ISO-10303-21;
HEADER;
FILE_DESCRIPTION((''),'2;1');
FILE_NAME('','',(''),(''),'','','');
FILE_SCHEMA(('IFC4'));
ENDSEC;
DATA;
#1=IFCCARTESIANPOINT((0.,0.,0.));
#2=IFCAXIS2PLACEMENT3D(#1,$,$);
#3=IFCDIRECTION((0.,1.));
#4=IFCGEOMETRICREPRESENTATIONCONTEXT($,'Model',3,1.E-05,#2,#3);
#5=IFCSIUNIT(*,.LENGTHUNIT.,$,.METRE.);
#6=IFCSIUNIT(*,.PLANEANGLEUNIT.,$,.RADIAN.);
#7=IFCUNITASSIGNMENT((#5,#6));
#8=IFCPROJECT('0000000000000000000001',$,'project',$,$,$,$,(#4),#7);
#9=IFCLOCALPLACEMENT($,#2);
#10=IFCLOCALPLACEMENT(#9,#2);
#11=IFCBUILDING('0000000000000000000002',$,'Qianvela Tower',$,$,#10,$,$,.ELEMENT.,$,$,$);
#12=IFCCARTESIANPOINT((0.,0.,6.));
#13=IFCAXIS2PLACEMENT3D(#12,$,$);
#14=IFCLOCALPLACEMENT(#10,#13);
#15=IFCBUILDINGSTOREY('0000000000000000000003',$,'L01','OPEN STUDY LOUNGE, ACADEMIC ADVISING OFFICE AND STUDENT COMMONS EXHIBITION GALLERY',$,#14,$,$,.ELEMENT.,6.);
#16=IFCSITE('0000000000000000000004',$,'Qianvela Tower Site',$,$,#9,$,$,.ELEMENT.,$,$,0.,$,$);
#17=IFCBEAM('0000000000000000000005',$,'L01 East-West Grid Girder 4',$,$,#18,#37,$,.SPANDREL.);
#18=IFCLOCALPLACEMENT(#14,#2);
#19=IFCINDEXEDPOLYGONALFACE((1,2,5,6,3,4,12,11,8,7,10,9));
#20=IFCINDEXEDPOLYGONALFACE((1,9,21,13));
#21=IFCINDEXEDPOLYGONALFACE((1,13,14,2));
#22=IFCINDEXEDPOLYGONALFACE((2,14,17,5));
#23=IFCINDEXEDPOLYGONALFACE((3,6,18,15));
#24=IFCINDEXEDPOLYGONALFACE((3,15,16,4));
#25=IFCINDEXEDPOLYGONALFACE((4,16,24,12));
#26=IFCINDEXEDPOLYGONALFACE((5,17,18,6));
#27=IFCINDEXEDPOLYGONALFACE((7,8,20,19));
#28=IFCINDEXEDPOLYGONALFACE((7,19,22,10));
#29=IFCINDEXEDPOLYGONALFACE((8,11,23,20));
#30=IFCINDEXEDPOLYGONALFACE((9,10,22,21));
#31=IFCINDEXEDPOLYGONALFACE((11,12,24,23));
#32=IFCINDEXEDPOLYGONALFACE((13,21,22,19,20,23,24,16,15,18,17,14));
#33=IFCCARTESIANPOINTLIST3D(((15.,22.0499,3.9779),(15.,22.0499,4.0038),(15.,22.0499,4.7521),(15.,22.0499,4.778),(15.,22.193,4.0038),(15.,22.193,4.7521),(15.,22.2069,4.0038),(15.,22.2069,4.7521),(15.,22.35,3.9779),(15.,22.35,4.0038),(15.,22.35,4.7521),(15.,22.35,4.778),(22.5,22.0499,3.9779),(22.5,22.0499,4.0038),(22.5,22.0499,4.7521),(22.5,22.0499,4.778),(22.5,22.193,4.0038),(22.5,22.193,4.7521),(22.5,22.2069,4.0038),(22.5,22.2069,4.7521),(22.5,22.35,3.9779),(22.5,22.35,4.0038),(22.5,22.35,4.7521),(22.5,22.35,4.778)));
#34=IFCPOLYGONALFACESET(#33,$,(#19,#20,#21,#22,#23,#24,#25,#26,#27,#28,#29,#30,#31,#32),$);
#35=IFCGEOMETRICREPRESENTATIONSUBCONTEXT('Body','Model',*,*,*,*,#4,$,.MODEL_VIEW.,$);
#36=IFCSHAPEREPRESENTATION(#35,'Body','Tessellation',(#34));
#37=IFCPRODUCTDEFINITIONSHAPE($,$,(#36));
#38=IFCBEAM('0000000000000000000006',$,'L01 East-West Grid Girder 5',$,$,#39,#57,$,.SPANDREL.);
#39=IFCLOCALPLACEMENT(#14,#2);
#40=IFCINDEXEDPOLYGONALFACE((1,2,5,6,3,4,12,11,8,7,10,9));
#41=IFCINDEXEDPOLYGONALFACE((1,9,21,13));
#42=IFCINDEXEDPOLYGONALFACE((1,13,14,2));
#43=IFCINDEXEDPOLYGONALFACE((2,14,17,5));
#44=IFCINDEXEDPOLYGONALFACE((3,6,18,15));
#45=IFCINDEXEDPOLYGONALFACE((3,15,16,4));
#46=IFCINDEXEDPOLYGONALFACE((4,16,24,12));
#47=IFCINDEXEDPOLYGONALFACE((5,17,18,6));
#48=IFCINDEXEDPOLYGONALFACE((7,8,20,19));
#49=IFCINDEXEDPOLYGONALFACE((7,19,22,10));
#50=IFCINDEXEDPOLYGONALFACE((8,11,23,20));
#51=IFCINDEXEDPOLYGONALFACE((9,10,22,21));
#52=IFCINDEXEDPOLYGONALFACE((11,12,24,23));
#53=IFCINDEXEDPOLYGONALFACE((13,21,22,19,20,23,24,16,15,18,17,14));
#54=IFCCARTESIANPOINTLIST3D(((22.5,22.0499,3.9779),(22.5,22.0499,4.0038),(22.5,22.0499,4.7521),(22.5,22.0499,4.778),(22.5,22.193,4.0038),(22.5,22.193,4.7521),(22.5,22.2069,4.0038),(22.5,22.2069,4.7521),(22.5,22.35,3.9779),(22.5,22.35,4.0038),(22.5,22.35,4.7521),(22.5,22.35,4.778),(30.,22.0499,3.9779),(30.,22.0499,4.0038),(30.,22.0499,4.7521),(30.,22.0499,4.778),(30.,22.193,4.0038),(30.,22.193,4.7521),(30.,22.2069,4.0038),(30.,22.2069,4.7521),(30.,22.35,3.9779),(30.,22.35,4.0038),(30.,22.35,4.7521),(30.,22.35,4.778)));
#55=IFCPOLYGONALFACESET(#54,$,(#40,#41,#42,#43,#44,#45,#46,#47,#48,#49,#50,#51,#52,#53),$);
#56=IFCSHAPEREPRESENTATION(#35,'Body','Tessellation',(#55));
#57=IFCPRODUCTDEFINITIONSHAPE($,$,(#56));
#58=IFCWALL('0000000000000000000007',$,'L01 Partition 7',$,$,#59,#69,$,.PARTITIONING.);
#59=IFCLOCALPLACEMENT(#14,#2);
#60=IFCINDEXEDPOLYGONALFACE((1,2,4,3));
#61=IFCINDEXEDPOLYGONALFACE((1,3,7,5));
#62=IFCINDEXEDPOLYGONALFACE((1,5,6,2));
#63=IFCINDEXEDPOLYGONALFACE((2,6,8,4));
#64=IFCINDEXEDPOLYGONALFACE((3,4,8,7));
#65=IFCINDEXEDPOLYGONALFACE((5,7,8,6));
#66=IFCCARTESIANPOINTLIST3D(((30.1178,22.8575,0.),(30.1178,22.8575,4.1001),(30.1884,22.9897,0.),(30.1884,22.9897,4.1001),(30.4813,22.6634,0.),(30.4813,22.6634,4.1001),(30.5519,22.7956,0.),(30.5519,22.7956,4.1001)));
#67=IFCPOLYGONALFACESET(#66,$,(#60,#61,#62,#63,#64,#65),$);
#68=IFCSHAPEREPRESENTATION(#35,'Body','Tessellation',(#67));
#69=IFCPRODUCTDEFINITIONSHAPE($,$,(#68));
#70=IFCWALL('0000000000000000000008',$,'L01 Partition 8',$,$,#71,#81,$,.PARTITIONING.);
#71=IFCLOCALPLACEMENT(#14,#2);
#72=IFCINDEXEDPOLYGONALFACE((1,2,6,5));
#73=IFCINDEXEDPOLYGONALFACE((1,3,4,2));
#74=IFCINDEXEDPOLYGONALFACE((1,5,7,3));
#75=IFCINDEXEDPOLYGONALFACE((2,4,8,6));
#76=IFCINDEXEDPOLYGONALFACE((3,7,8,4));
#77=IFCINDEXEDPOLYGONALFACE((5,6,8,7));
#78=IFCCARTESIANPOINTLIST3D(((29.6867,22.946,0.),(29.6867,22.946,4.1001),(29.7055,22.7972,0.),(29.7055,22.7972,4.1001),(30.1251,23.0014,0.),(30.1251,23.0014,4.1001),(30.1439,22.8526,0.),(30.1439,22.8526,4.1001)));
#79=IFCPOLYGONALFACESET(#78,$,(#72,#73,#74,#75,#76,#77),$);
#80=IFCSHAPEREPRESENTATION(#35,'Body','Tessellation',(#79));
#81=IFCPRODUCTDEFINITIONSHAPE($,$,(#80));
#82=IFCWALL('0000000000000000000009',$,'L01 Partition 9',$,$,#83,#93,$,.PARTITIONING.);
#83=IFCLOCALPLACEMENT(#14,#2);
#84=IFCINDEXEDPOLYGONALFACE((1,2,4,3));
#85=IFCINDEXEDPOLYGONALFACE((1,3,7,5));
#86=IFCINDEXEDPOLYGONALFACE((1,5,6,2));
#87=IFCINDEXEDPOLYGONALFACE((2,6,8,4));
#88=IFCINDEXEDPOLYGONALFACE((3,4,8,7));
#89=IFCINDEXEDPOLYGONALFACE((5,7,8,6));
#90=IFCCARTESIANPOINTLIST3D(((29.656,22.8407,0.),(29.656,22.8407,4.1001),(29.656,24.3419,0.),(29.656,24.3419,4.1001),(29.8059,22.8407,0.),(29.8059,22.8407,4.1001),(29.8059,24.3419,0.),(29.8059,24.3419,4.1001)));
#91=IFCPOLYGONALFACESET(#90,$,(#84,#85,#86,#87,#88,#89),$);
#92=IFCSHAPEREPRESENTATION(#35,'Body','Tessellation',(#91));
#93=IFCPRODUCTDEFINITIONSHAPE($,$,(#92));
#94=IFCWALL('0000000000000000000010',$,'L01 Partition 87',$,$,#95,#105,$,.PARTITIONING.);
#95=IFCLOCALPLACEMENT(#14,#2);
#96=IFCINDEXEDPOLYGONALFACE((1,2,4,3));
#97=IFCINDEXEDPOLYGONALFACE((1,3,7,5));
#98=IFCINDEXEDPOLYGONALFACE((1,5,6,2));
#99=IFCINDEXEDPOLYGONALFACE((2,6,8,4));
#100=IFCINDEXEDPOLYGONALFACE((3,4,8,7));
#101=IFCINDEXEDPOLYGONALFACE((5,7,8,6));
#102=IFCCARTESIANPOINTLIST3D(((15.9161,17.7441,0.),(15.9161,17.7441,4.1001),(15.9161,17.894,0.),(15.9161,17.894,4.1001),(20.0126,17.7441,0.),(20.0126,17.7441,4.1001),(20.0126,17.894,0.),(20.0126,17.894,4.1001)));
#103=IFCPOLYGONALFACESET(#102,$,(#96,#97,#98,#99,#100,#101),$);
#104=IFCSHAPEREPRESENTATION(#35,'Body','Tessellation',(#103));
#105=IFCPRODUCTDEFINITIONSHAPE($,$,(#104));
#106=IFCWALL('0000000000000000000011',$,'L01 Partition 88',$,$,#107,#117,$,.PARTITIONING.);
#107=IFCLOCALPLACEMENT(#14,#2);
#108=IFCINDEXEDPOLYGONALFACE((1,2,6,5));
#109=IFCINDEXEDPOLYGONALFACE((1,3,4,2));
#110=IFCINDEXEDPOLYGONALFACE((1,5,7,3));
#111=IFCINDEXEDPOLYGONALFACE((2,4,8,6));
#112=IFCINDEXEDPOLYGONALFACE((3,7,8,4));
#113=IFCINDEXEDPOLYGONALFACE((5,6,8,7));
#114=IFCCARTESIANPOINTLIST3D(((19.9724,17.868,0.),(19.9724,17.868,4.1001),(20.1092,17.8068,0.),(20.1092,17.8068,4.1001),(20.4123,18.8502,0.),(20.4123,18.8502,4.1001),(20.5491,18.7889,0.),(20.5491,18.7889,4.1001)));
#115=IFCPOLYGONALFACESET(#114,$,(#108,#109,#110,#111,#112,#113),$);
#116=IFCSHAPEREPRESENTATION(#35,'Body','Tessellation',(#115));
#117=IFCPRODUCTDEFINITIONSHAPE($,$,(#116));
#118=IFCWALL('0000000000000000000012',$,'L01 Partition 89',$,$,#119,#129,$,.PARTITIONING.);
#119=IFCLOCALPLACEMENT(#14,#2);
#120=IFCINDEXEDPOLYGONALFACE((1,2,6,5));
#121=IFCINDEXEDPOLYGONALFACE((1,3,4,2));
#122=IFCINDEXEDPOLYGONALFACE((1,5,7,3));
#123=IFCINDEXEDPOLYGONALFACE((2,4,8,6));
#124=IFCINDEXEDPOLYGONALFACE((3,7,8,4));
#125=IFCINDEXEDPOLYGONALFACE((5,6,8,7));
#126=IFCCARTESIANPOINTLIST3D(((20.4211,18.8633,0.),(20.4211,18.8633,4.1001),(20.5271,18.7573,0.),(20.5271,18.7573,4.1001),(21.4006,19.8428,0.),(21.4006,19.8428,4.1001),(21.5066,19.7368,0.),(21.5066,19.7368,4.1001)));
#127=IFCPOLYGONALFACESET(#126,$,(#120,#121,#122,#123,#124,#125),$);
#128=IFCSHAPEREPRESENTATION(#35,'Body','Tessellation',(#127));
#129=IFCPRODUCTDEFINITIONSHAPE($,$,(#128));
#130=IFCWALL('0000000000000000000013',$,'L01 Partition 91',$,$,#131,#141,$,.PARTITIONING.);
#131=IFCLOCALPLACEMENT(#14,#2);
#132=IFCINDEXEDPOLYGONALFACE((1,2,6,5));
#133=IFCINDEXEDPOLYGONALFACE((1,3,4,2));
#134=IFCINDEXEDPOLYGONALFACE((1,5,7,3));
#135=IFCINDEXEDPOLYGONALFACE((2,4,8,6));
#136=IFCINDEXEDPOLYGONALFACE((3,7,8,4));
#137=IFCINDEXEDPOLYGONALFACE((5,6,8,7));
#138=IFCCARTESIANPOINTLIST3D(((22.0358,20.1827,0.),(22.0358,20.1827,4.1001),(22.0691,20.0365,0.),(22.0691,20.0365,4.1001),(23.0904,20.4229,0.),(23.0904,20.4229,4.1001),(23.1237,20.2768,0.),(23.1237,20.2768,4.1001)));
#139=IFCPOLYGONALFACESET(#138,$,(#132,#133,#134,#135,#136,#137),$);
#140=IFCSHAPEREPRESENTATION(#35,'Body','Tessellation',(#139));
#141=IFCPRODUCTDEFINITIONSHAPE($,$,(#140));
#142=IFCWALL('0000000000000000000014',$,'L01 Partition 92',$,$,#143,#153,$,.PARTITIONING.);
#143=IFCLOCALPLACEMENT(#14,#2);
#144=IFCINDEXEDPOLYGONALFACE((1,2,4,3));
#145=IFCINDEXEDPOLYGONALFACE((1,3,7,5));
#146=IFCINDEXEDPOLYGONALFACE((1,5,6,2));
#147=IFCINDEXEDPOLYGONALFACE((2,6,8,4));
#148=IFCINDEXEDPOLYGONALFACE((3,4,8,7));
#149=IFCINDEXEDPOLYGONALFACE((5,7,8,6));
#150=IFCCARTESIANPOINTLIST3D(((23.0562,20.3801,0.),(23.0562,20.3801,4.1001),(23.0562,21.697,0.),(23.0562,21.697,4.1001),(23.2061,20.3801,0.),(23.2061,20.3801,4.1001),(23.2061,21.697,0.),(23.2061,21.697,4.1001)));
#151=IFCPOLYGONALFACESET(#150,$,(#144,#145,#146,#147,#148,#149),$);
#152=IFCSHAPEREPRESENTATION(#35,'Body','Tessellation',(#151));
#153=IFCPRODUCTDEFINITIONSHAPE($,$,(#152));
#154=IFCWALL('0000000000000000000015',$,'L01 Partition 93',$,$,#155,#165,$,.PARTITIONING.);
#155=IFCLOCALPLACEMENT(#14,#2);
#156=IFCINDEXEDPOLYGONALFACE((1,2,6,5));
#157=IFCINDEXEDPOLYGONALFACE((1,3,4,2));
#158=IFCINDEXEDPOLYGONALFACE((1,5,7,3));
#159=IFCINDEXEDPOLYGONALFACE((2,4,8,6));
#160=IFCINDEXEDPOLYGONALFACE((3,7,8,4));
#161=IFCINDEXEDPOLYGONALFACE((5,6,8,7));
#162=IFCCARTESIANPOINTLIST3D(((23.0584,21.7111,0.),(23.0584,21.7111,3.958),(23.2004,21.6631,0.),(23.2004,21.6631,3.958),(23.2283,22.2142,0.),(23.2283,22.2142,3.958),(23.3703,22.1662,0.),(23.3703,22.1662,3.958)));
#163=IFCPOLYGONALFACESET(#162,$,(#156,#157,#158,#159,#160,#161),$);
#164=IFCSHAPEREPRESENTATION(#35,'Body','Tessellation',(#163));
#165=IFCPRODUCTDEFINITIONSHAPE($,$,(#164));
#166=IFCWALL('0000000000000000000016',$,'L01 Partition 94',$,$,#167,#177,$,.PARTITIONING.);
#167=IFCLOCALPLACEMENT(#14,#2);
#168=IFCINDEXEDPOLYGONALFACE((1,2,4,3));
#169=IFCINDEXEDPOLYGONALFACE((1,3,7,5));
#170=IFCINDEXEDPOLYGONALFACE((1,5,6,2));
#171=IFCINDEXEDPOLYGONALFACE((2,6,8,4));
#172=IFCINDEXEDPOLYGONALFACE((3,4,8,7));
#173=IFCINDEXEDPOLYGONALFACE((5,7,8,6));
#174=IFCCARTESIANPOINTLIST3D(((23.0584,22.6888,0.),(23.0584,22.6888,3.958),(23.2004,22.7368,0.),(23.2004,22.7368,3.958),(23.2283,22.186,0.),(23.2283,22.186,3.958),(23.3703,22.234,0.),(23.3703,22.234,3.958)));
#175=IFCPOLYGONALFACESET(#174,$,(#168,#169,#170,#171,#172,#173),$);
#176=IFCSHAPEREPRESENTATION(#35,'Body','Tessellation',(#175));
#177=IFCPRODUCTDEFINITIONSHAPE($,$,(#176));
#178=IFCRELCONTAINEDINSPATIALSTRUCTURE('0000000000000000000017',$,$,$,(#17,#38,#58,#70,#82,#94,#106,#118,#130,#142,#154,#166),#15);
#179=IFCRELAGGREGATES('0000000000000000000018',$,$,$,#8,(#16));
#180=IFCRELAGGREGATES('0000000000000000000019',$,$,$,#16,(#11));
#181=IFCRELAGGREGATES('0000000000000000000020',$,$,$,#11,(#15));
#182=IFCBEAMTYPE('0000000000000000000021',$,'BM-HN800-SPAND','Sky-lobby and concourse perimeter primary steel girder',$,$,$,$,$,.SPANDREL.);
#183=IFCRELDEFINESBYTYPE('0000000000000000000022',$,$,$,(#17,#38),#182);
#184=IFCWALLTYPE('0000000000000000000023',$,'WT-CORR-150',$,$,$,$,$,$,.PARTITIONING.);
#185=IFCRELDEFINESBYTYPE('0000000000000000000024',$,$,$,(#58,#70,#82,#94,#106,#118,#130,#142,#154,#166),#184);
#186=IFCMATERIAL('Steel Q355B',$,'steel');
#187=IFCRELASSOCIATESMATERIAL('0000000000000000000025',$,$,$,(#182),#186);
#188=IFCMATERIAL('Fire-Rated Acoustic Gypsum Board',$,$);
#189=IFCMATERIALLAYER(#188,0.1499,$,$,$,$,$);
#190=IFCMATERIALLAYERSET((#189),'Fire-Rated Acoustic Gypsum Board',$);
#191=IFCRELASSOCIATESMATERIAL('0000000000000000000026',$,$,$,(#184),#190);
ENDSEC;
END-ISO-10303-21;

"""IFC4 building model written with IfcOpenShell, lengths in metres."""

from ifc_helpers import new_model, si_unit, direction, frame, frame_2d, origin, origin_2d, place, context, subcontext, project, spatial, rectangle, i_section, extrude, material, layer, layer_set, material_profile, profile_set, type_object, element, save


model = new_model("IFC4")

# Units and contexts
model_context = context("Model", 3, precision=1e-05, world=origin(), true_north=direction((0.0, 1.0)))
body_context = subcontext(model_context, "Body", "Model", "MODEL_VIEW")
ifc_project = project(units=[si_unit("LENGTHUNIT", "METRE"), si_unit("PLANEANGLEUNIT", "RADIAN")], contexts=[model_context])

# Site, building, storey
site_placement = place(None, origin())
site = spatial("IfcSite", under=ifc_project, at=site_placement, Name="Qianvela Tower Site", CompositionType="ELEMENT", RefElevation=0.0)
building_placement = place(site_placement, origin())
building = spatial("IfcBuilding", under=site, at=building_placement, Name="Qianvela Tower", CompositionType="ELEMENT")
storey_placement = place(building_placement, frame((0.0, 0.0, 6.0)))
storey = spatial("IfcBuildingStorey", under=building, at=storey_placement, Name="L01", Description="OPEN STUDY LOUNGE, ACADEMIC ADVISING OFFICE AND STUDENT COMMONS EXHIBITION GALLERY", CompositionType="ELEMENT", Elevation=6.0)

# Beams
ifc_material_1 = material(Name="Steel Q355B", Category="steel")
ifc_material_profile_1 = material_profile(ifc_material_1, i_section(OverallWidth=0.3, OverallDepth=0.8, WebThickness=0.0139, FlangeThickness=0.0259, at=origin_2d()), Name="HN800x300x14x26")
ifc_profile_set_1 = profile_set([ifc_material_profile_1], Name="Steel Q355B")
beam_type_1 = type_object("IfcBeamType", Name="BM-HN800-SPAND", Description="Sky-lobby and concourse perimeter primary steel girder", PredefinedType="SPANDREL", material=ifc_profile_set_1)
for number, where, z_axis, x_axis, name in (
    (1, (15.0, 22.2, 4.3779), (1.0, 0.0, 0.0), (0.0, 1.0, 0.0), "L01 East-West Grid Girder 4"),
    (2, (22.5, 22.2, 4.3779), (1.0, 0.0, 0.0), (0.0, 1.0, 0.0), "L01 East-West Grid Girder 5"),
):
    element("IfcBeam", number, at=place(storey_placement, frame(where, z_axis=z_axis, x_axis=x_axis)), inside=storey, type_object=beam_type_1, Name=name, PredefinedType="SPANDREL", context=body_context, shape_type="SweptSolid", body=[
        extrude(i_section(OverallWidth=0.3, OverallDepth=0.8, WebThickness=0.0139, FlangeThickness=0.0259, at=origin_2d()), origin(), (0.0, 0.0, 1.0), 7.5),
    ])

# Walls
ifc_material_2 = material(Name="Fire-Rated Acoustic Gypsum Board")
ifc_layer_1 = layer(ifc_material_2, 0.1499)
ifc_layer_set_1 = layer_set([ifc_layer_1], Name="Fire-Rated Acoustic Gypsum Board")
wall_type_1 = type_object("IfcWallType", Name="WT-CORR-150", PredefinedType="PARTITIONING", material=ifc_layer_set_1)
wall_1_placement = place(storey_placement, frame((30.5166, 22.7295, 0.0), z_axis=(0.0, 0.0, 1.0), x_axis=(-0.88214, 0.470988, 0.0)))
element("IfcWall", 3, at=wall_1_placement, inside=storey, type_object=wall_type_1, Name="L01 Partition 7", PredefinedType="PARTITIONING", context=body_context, shape_type="SweptSolid", body=[
    extrude(rectangle(XDim=0.4121, YDim=0.1499, at=frame_2d((0.2061, 0.0))), origin(), (0.0, 0.0, 1.0), 4.1001),
])
wall_2_placement = place(storey_placement, frame((30.1345, 22.927, 0.0), z_axis=(0.0, 0.0, 1.0), x_axis=(-0.992107, -0.125394, 0.0)))
element("IfcWall", 4, at=wall_2_placement, inside=storey, type_object=wall_type_1, Name="L01 Partition 8", PredefinedType="PARTITIONING", context=body_context, shape_type="SweptSolid", body=[
    extrude(rectangle(XDim=0.4419, YDim=0.1499, at=frame_2d((0.2209, 0.0))), origin(), (0.0, 0.0, 1.0), 4.1001),
])
wall_3_placement = place(storey_placement, frame((29.731, 22.8408, 0.0), z_axis=(0.0, 0.0, 1.0), x_axis=(0.0, 1.0, 0.0)))
element("IfcWall", 5, at=wall_3_placement, inside=storey, type_object=wall_type_1, Name="L01 Partition 9", PredefinedType="PARTITIONING", context=body_context, shape_type="SweptSolid", body=[
    extrude(rectangle(XDim=1.5012, YDim=0.1499, at=frame_2d((0.7505, 0.0))), origin(), (0.0, 0.0, 1.0), 4.1001),
])
wall_4_placement = place(storey_placement, frame((15.916, 17.8191, 0.0), z_axis=(0.0, 0.0, 1.0), x_axis=(1.0, 0.0, 0.0)))
element("IfcWall", 6, at=wall_4_placement, inside=storey, type_object=wall_type_1, Name="L01 Partition 87", PredefinedType="PARTITIONING", context=body_context, shape_type="SweptSolid", body=[
    extrude(rectangle(XDim=4.0964, YDim=0.1499, at=frame_2d((2.0483, 0.0))), origin(), (0.0, 0.0, 1.0), 4.1001),
])
wall_5_placement = place(storey_placement, frame((20.0408, 17.8374, 0.0), z_axis=(0.0, 0.0, 1.0), x_axis=(0.408789, 0.912629, 0.0)))
element("IfcWall", 7, at=wall_5_placement, inside=storey, type_object=wall_type_1, Name="L01 Partition 88", PredefinedType="PARTITIONING", context=body_context, shape_type="SweptSolid", body=[
    extrude(rectangle(XDim=1.0762, YDim=0.1499, at=frame_2d((0.5381, 0.0))), origin(), (0.0, 0.0, 1.0), 4.1001),
])
wall_6_placement = place(storey_placement, frame((20.4741, 18.8103, 0.0), z_axis=(0.0, 0.0, 1.0), x_axis=(0.707107, 0.707107, 0.0)))
element("IfcWall", 8, at=wall_6_placement, inside=storey, type_object=wall_type_1, Name="L01 Partition 89", PredefinedType="PARTITIONING", context=body_context, shape_type="SweptSolid", body=[
    extrude(rectangle(XDim=1.3853, YDim=0.1499, at=frame_2d((0.6926, 0.0))), origin(), (0.0, 0.0, 1.0), 4.1001),
])
wall_7_placement = place(storey_placement, frame((22.0525, 20.1096, 0.0), z_axis=(0.0, 0.0, 1.0), x_axis=(0.975015, 0.222138, 0.0)))
element("IfcWall", 9, at=wall_7_placement, inside=storey, type_object=wall_type_1, Name="L01 Partition 91", PredefinedType="PARTITIONING", context=body_context, shape_type="SweptSolid", body=[
    extrude(rectangle(XDim=1.0815, YDim=0.1499, at=frame_2d((0.5408, 0.0))), origin(), (0.0, 0.0, 1.0), 4.1001),
])
wall_8_placement = place(storey_placement, frame((23.1311, 20.3801, 0.0), z_axis=(0.0, 0.0, 1.0), x_axis=(0.0, 1.0, 0.0)))
element("IfcWall", 10, at=wall_8_placement, inside=storey, type_object=wall_type_1, Name="L01 Partition 92", PredefinedType="PARTITIONING", context=body_context, shape_type="SweptSolid", body=[
    extrude(rectangle(XDim=1.3169, YDim=0.1499, at=frame_2d((0.6584, 0.0))), origin(), (0.0, 0.0, 1.0), 4.1001),
])
wall_9_placement = place(storey_placement, frame((23.1294, 21.687, 0.0), z_axis=(0.0, 0.0, 1.0), x_axis=(0.319949, 0.947435, 0.0)))
element("IfcWall", 11, at=wall_9_placement, inside=storey, type_object=wall_type_1, Name="L01 Partition 93", PredefinedType="PARTITIONING", context=body_context, shape_type="SweptSolid", body=[
    extrude(rectangle(XDim=0.531, YDim=0.1499, at=frame_2d((0.2656, 0.0))), origin(), (0.0, 0.0, 1.0), 3.958),
])
wall_10_placement = place(storey_placement, frame((23.2993, 22.21, 0.0), z_axis=(0.0, 0.0, 1.0), x_axis=(-0.320088, 0.947388, 0.0)))
element("IfcWall", 12, at=wall_10_placement, inside=storey, type_object=wall_type_1, Name="L01 Partition 94", PredefinedType="PARTITIONING", context=body_context, shape_type="SweptSolid", body=[
    extrude(rectangle(XDim=0.5308, YDim=0.1499, at=frame_2d((0.2654, 0.0))), origin(), (0.0, 0.0, 1.0), 3.958),
])

save(model, "model.ifc")
